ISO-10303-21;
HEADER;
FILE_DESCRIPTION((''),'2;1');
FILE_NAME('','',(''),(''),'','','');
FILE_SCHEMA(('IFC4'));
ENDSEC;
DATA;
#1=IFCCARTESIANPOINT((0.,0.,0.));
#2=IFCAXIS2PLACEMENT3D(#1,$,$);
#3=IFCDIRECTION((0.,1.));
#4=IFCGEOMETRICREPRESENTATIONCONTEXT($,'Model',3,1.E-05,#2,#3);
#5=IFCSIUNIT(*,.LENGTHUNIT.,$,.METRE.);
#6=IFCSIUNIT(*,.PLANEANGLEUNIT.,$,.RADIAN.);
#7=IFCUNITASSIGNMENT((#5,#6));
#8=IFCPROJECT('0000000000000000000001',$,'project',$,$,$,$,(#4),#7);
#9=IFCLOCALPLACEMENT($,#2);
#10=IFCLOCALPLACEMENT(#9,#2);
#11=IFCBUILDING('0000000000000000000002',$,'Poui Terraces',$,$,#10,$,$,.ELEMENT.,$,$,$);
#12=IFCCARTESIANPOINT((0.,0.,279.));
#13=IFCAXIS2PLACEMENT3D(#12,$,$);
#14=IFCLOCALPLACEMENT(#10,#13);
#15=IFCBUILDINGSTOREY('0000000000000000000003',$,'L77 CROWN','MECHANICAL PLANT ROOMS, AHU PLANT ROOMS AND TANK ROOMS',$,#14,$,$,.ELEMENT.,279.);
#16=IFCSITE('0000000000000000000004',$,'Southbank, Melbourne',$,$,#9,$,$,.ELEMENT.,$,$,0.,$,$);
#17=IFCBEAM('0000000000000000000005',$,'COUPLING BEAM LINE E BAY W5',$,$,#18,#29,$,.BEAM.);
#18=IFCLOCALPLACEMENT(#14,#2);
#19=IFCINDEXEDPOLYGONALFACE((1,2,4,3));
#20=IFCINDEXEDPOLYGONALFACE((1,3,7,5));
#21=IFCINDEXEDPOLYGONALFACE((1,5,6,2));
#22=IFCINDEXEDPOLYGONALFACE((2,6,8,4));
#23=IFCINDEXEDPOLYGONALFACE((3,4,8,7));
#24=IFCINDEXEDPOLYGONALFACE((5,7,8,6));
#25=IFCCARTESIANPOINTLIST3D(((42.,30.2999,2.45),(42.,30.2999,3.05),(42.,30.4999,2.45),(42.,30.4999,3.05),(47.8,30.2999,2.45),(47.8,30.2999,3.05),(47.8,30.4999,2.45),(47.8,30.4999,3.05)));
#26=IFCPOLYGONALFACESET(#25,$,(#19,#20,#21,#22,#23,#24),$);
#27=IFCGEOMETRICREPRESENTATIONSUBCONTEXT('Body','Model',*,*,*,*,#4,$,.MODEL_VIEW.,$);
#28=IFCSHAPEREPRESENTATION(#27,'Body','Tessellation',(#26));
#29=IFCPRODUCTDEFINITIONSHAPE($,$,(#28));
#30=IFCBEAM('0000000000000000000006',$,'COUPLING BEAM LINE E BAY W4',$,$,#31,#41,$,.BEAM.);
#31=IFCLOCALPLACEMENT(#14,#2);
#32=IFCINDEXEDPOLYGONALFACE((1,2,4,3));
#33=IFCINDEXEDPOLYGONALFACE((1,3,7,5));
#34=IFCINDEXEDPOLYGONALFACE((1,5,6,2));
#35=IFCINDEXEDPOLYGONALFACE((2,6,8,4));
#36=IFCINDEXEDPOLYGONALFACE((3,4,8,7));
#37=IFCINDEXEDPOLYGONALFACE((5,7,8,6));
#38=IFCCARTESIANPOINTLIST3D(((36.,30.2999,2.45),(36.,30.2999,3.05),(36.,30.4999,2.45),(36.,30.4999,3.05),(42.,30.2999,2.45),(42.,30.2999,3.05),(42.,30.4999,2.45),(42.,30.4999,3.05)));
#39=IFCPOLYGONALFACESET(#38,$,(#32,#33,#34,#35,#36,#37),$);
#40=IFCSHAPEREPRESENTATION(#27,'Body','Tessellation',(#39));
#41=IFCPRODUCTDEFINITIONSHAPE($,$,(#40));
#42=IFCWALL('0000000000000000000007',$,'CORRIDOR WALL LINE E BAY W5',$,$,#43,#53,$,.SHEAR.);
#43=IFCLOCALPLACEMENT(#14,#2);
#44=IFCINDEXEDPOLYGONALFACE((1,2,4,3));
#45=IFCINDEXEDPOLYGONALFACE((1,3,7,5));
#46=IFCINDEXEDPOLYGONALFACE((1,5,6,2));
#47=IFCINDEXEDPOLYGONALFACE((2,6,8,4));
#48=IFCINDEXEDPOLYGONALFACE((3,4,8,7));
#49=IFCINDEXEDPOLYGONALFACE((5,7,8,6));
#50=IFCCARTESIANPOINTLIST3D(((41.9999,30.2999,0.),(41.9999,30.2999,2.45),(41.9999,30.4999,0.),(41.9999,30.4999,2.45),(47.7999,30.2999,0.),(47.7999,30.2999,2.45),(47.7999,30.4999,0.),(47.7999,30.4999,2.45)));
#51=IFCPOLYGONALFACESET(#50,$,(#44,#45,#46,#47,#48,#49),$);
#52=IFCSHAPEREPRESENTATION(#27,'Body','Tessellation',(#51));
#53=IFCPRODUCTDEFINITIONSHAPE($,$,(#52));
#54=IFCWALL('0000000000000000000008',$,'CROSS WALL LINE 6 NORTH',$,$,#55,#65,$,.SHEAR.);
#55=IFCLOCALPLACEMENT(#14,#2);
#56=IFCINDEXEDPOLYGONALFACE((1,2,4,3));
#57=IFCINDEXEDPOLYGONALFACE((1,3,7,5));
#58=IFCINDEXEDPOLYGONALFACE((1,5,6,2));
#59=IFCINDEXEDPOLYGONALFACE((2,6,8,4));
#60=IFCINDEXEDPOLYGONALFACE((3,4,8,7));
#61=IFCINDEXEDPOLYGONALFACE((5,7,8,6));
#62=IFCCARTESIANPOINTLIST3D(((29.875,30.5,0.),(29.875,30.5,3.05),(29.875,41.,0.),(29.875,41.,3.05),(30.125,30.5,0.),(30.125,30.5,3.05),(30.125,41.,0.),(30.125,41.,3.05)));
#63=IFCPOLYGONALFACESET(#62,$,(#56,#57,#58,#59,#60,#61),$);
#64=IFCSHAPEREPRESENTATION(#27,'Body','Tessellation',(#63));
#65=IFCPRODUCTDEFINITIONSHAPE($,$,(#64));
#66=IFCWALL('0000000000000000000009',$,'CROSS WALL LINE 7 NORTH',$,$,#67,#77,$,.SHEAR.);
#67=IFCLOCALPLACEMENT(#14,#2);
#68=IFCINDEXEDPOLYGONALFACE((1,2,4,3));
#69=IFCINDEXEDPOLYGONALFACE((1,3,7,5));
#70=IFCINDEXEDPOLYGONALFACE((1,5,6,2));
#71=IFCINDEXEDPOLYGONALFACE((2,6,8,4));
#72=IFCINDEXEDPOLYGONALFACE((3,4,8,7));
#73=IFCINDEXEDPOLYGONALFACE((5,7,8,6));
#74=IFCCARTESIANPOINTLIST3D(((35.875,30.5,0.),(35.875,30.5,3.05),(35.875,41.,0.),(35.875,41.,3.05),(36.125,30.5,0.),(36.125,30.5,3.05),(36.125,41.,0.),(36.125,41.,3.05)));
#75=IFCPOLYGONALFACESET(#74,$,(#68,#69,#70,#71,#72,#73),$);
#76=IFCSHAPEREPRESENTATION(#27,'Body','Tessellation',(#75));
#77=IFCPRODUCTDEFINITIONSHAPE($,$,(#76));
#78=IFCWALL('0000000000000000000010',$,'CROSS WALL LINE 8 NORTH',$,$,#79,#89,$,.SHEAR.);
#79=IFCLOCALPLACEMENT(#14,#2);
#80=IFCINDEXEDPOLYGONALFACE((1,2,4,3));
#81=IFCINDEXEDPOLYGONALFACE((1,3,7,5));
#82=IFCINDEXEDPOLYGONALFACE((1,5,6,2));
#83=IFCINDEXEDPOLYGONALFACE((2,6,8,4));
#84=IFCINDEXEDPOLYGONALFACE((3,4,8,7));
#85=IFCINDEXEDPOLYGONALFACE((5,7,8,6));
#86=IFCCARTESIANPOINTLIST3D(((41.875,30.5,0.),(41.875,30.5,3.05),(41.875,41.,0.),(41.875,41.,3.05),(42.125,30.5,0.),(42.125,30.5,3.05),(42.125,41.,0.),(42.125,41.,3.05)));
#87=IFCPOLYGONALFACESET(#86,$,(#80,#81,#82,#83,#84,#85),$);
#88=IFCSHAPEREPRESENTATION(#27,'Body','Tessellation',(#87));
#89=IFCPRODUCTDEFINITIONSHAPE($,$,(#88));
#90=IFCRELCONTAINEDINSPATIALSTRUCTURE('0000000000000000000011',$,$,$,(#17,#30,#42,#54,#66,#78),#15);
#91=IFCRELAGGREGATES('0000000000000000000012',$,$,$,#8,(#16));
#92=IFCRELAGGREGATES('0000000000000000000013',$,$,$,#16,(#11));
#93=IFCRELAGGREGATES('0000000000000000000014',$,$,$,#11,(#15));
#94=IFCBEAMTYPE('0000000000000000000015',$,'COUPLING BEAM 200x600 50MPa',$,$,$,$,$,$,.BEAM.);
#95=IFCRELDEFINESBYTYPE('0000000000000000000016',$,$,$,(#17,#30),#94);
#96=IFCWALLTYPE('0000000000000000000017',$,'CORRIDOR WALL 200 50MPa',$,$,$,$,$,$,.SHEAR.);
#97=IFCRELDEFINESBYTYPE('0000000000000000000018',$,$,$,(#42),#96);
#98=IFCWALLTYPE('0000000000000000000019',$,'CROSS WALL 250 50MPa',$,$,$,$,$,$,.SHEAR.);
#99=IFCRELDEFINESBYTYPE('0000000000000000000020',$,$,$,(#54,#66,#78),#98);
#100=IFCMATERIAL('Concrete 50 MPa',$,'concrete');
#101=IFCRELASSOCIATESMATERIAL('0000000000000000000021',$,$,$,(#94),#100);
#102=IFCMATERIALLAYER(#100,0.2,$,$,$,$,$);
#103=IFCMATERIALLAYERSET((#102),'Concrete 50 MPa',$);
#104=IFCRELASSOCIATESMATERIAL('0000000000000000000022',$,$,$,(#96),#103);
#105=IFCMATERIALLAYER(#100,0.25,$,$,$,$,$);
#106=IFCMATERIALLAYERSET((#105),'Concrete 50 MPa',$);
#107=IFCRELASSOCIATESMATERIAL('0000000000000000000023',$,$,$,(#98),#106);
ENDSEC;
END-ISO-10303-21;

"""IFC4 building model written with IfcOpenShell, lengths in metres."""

from ifc_helpers import new_model, si_unit, direction, frame, frame_2d, origin, origin_2d, place, context, subcontext, project, spatial, rectangle, extrude, source, transform, mapped, material, layer, layer_set, material_profile, profile_set, type_object, element, save


model = new_model("IFC4")

# Units and contexts
model_context = context("Model", 3, precision=1e-05, world=origin(), true_north=direction((0.0, 1.0)))
body_context = subcontext(model_context, "Body", "Model", "MODEL_VIEW")
ifc_project = project(units=[si_unit("LENGTHUNIT", "METRE"), si_unit("PLANEANGLEUNIT", "RADIAN")], contexts=[model_context])

# Site, building, storey
site_placement = place(None, origin())
site = spatial("IfcSite", under=ifc_project, at=site_placement, Name="Southbank, Melbourne", CompositionType="ELEMENT", RefElevation=0.0)
building_placement = place(site_placement, origin())
building = spatial("IfcBuilding", under=site, at=building_placement, Name="Poui Terraces", CompositionType="ELEMENT")
storey_placement = place(building_placement, frame((0.0, 0.0, 279.0)))
storey = spatial("IfcBuildingStorey", under=building, at=storey_placement, Name="L77 CROWN", Description="MECHANICAL PLANT ROOMS, AHU PLANT ROOMS AND TANK ROOMS", CompositionType="ELEMENT", Elevation=279.0)

# Beams
ifc_material_1 = material(Name="Concrete 50 MPa", Category="concrete")
ifc_material_profile_1 = material_profile(ifc_material_1, rectangle(XDim=0.2, YDim=0.6001, at=origin_2d()), Name="RC 200x600")
ifc_profile_set_1 = profile_set([ifc_material_profile_1], Name="Concrete 50 MPa")
beam_type = type_object("IfcBeamType", Name="COUPLING BEAM 200x600 50MPa", PredefinedType="BEAM", material=ifc_profile_set_1)
shared_shape_1 = source(origin(), body_context, "Body", "SweptSolid", [
    extrude(rectangle(XDim=0.2, YDim=0.6001, at=origin_2d()), origin(), (0.0, 0.0, 1.0), 5.8),
])
beam_1_placement = place(storey_placement, frame((42.0, 30.3999, 2.75), z_axis=(1.0, 0.0, 0.0), x_axis=(0.0, 1.0, 0.0)))
element("IfcBeam", 1, at=beam_1_placement, inside=storey, type_object=beam_type, Name="COUPLING BEAM LINE E BAY W5", PredefinedType="BEAM", context=body_context, shape_type="MappedRepresentation", body=[
    mapped(shared_shape_1, transform((0.0, 0.0, 0.0))),
])
shared_shape_2 = source(origin(), body_context, "Body", "SweptSolid", [
    extrude(rectangle(XDim=0.2, YDim=0.6001, at=origin_2d()), origin(), (0.0, 0.0, 1.0), 6.0),
])
beam_2_placement = place(storey_placement, frame((36.0, 30.3999, 2.75), z_axis=(1.0, 0.0, 0.0), x_axis=(0.0, 1.0, 0.0)))
element("IfcBeam", 2, at=beam_2_placement, inside=storey, type_object=beam_type, Name="COUPLING BEAM LINE E BAY W4", PredefinedType="BEAM", context=body_context, shape_type="MappedRepresentation", body=[
    mapped(shared_shape_2, transform((0.0, 0.0, 0.0))),
])

# Walls
ifc_layer_1 = layer(ifc_material_1, 0.2)
ifc_layer_set_1 = layer_set([ifc_layer_1], Name="Concrete 50 MPa")
wall_type_1 = type_object("IfcWallType", Name="CORRIDOR WALL 200 50MPa", PredefinedType="SHEAR", material=ifc_layer_set_1)
wall_1_placement = place(storey_placement, frame((42.0, 30.3999, 0.0), z_axis=(0.0, 0.0, 1.0), x_axis=(1.0, 0.0, 0.0)))
element("IfcWall", 3, at=wall_1_placement, inside=storey, type_object=wall_type_1, Name="CORRIDOR WALL LINE E BAY W5", PredefinedType="SHEAR", context=body_context, shape_type="SweptSolid", body=[
    extrude(rectangle(XDim=5.8, YDim=0.2, at=frame_2d((2.8999, 0.0))), origin(), (0.0, 0.0, 1.0), 2.45),
])
ifc_layer_2 = layer(ifc_material_1, 0.25)
ifc_layer_set_2 = layer_set([ifc_layer_2], Name="Concrete 50 MPa")
wall_type_2 = type_object("IfcWallType", Name="CROSS WALL 250 50MPa", PredefinedType="SHEAR", material=ifc_layer_set_2)
for number, where, z_axis, x_axis, name in (
    (4, (30.0, 30.5, 0.0), (0.0, 0.0, 1.0), (0.0, 1.0, 0.0), "CROSS WALL LINE 6 NORTH"),
    (5, (36.0, 30.5, 0.0), (0.0, 0.0, 1.0), (0.0, 1.0, 0.0), "CROSS WALL LINE 7 NORTH"),
    (6, (42.0, 30.5, 0.0), (0.0, 0.0, 1.0), (0.0, 1.0, 0.0), "CROSS WALL LINE 8 NORTH"),
):
    element("IfcWall", number, at=place(storey_placement, frame(where, z_axis=z_axis, x_axis=x_axis)), inside=storey, type_object=wall_type_2, Name=name, PredefinedType="SHEAR", context=body_context, shape_type="SweptSolid", body=[
        extrude(rectangle(XDim=10.5, YDim=0.25, at=frame_2d((5.25, 0.0))), origin(), (0.0, 0.0, 1.0), 3.05),
    ])

save(model, "model.ifc")
